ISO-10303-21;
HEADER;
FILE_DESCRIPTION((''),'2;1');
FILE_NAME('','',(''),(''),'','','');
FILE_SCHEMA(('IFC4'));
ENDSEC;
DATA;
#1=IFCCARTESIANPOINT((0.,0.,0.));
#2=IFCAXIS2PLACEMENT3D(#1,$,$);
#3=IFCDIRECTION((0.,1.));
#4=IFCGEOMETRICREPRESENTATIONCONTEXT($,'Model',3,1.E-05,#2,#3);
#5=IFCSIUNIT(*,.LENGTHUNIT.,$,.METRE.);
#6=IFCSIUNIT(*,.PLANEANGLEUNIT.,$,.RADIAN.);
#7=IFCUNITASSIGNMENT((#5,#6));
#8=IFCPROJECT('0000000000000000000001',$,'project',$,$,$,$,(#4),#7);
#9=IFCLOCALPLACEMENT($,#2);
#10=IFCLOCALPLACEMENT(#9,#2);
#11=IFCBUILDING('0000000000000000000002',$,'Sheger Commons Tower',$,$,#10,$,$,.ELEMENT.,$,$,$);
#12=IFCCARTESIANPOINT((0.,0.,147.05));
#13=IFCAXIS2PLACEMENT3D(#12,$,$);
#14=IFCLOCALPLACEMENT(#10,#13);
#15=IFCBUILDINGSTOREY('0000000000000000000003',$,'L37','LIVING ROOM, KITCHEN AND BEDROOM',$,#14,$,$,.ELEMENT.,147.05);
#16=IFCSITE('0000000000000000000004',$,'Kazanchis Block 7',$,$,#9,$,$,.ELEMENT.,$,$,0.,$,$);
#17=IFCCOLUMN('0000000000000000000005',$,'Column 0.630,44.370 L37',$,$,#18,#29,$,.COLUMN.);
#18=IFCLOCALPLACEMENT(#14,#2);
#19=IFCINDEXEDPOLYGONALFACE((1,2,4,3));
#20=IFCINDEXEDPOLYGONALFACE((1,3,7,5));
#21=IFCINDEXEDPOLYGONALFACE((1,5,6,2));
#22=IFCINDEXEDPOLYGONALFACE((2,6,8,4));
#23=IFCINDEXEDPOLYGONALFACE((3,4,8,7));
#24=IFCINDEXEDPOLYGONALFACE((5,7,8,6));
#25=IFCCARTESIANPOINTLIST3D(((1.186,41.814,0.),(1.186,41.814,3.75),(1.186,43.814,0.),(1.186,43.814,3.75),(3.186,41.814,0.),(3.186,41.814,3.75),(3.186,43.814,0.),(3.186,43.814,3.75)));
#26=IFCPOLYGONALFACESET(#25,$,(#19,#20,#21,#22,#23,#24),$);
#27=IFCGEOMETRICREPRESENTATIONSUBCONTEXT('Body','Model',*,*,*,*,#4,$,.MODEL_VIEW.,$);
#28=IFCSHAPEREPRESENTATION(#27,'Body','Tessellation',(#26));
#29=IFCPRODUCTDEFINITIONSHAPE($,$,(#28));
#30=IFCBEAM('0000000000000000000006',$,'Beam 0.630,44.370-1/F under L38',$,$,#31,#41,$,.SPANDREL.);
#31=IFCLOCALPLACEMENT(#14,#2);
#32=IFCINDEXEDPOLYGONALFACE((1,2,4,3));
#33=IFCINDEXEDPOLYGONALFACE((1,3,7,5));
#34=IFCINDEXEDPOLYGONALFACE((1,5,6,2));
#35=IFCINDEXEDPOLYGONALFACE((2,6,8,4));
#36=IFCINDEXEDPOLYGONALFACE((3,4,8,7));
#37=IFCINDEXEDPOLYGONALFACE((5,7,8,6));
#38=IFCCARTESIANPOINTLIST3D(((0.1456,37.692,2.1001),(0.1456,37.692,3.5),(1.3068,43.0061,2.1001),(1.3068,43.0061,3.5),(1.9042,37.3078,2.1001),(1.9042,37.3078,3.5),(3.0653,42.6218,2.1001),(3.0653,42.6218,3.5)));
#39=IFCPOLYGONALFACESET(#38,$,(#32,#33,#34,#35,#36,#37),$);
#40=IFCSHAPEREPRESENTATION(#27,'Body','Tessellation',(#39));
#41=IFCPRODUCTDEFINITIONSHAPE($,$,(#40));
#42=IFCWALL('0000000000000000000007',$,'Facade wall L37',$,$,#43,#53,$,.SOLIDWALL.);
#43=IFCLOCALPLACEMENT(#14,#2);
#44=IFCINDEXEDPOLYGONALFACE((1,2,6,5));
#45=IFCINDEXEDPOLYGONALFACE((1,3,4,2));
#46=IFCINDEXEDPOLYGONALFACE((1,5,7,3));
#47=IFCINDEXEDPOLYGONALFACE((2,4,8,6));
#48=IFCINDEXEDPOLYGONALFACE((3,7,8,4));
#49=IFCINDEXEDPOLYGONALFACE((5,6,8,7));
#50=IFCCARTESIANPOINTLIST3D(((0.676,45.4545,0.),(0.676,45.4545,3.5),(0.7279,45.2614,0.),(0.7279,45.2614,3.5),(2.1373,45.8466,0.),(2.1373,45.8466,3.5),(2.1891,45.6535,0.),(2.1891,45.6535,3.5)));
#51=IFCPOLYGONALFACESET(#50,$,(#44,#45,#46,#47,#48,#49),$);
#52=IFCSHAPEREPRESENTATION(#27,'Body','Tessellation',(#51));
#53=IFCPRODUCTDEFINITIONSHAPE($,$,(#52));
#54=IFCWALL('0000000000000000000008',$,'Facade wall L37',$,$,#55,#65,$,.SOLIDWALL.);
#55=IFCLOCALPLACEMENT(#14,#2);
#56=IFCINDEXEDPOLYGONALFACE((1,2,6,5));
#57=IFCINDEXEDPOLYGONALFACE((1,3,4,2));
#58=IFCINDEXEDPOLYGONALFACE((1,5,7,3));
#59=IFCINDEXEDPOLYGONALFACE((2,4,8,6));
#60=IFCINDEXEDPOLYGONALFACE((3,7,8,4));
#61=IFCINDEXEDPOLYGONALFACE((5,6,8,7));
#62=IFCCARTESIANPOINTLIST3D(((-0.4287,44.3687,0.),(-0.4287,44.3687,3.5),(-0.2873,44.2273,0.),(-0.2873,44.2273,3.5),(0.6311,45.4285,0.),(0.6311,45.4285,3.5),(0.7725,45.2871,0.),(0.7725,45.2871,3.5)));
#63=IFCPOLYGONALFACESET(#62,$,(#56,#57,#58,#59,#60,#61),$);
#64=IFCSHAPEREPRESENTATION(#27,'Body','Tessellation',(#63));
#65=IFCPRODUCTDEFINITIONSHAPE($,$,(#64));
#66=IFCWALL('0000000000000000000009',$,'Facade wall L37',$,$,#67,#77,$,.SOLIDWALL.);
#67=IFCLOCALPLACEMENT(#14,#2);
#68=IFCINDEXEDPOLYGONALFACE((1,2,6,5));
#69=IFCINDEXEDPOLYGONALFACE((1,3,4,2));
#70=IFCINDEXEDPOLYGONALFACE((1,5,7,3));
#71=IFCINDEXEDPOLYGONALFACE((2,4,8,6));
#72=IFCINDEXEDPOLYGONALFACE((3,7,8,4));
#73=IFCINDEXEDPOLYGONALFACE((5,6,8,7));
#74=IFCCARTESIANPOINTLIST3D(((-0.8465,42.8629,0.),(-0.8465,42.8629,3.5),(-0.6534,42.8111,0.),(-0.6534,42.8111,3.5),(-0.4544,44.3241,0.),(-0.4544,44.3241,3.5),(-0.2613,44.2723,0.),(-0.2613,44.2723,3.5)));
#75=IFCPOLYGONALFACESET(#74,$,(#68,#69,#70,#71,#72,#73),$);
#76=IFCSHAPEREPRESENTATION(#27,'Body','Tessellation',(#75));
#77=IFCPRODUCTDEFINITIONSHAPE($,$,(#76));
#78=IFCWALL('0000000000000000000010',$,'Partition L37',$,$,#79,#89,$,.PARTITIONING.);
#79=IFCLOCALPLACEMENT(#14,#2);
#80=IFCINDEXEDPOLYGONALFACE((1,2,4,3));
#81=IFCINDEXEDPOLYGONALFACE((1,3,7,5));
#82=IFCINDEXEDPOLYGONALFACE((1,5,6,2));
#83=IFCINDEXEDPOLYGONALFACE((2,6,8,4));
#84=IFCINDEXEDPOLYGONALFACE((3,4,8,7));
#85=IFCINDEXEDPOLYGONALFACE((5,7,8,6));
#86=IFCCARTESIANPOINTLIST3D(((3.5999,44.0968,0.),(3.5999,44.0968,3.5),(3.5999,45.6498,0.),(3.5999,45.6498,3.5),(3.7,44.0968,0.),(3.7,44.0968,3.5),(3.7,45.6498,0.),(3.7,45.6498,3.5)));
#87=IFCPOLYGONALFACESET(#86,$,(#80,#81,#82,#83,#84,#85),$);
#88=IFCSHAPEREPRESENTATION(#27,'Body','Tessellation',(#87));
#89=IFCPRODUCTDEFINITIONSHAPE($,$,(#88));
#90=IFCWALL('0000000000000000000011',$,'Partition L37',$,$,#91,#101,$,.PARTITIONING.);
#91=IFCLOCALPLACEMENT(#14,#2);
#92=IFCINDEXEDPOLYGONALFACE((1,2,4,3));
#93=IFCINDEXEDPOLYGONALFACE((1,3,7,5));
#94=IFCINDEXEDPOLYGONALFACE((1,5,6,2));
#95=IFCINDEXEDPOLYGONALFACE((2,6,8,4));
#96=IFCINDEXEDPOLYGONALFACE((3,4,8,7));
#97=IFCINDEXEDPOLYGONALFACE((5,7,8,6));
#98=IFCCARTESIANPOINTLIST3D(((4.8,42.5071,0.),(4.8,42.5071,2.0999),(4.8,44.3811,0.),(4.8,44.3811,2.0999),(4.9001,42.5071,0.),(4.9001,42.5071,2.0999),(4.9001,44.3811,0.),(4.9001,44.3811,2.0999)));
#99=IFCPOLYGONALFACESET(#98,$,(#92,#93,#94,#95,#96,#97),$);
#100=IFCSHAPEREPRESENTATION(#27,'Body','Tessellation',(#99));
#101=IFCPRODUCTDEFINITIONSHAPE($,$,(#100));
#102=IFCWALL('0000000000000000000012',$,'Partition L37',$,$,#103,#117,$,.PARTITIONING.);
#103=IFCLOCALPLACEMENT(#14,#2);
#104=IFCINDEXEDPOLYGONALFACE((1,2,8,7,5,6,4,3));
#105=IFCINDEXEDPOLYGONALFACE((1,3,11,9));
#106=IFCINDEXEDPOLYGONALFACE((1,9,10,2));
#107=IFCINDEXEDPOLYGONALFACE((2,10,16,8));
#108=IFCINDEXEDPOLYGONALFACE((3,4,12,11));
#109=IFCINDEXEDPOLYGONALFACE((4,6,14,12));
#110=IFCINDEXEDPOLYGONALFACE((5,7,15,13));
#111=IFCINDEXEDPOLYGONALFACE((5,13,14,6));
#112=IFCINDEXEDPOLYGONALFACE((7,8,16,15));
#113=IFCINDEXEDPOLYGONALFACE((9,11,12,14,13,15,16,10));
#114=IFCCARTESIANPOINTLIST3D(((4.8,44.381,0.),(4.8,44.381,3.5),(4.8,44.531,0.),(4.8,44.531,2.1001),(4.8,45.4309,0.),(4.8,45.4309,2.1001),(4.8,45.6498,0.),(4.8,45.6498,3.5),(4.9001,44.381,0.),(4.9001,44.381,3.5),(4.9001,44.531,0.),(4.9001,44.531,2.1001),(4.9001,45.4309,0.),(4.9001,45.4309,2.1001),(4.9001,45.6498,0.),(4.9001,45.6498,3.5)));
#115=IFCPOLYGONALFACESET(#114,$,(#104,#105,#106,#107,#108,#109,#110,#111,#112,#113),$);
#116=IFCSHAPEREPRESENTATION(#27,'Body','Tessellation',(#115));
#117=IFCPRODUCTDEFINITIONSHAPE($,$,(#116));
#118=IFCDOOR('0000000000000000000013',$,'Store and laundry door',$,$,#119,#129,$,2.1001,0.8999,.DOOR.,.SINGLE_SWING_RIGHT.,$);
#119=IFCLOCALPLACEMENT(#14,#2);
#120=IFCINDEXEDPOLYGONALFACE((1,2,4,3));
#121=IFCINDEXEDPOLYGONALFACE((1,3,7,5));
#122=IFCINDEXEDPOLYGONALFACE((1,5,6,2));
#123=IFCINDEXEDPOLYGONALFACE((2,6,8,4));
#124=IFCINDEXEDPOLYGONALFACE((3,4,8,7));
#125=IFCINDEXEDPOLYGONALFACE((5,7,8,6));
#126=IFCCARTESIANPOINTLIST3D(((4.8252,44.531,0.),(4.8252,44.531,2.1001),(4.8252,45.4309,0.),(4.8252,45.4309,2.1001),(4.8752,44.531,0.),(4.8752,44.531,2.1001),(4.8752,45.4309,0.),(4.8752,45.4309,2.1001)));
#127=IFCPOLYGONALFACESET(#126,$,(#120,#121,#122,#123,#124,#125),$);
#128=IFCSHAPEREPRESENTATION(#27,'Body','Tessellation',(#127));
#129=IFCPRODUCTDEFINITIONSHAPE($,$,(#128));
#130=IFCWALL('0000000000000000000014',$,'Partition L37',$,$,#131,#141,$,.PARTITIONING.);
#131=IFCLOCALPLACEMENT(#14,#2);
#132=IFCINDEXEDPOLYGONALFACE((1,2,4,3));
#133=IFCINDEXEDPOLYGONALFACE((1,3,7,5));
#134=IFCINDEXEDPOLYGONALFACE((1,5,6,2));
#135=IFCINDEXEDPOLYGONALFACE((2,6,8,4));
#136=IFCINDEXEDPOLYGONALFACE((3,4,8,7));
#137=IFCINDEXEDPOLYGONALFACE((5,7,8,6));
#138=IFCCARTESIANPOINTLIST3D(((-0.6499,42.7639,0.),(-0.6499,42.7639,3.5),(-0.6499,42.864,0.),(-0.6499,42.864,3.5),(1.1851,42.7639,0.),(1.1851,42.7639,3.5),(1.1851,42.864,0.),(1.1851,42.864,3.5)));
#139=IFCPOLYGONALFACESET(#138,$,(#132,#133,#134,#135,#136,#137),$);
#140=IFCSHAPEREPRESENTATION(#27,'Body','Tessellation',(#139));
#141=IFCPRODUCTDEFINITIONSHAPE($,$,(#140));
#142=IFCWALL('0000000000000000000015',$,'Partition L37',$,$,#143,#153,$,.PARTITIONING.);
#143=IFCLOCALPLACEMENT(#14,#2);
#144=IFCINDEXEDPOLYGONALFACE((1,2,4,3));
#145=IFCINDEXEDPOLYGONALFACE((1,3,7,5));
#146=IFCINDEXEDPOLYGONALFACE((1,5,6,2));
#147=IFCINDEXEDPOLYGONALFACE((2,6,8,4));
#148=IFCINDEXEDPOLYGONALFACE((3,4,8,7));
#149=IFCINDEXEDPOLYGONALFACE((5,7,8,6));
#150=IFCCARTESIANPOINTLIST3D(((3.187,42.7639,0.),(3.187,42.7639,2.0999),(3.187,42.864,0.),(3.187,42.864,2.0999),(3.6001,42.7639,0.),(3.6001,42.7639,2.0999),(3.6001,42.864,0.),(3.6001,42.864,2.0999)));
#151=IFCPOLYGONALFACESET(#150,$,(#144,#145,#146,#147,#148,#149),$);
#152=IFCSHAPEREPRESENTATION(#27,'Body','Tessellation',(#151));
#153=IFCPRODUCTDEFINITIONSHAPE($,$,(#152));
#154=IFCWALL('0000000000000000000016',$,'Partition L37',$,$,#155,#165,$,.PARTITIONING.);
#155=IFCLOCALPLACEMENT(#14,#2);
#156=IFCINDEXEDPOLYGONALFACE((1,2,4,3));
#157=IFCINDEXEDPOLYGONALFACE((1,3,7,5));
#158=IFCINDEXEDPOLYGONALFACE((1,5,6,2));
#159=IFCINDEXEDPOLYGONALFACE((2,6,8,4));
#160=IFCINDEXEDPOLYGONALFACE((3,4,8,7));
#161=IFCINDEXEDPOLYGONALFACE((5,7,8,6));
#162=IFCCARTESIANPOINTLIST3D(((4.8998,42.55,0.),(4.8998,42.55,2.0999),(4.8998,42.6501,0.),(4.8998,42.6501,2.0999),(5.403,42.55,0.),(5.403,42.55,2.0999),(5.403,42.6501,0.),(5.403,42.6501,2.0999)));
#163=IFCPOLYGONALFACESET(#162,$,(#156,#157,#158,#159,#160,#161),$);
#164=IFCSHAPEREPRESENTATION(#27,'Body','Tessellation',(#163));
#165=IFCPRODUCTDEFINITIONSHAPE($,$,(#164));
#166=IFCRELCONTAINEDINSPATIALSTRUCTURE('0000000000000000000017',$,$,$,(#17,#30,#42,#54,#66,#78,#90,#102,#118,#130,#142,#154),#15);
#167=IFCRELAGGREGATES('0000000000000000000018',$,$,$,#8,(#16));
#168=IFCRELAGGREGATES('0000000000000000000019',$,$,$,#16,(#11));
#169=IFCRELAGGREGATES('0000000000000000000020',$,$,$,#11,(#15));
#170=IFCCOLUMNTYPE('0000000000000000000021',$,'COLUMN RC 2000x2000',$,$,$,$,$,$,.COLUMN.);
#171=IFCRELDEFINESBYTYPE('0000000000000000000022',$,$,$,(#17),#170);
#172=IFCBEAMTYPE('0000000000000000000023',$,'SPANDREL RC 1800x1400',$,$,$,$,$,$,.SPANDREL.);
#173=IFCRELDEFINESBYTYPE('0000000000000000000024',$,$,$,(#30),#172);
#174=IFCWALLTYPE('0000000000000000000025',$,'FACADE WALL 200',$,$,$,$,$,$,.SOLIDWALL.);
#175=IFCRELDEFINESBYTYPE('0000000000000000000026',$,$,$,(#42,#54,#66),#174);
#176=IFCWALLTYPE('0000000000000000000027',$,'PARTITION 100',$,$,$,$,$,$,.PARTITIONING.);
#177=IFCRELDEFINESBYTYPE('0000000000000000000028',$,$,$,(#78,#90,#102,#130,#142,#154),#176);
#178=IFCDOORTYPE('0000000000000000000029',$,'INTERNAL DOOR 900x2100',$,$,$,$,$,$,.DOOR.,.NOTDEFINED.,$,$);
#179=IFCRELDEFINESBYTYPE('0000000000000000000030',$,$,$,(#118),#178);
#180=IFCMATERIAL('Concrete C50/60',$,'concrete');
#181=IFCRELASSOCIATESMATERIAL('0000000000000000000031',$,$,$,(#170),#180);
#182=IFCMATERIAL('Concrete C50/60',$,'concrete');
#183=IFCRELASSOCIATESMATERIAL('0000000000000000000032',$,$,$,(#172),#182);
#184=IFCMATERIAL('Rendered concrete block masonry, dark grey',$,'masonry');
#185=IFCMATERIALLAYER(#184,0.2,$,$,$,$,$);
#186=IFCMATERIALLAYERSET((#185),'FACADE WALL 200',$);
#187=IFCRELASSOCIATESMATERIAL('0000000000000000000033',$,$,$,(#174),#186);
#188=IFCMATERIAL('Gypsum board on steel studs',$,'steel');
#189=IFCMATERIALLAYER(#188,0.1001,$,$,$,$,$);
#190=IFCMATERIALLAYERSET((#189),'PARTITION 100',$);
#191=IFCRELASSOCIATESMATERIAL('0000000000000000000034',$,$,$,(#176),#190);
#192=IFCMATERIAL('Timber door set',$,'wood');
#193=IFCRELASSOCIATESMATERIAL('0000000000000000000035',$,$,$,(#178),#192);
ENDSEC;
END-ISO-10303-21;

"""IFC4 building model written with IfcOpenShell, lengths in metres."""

from ifc_helpers import new_model, si_unit, direction, frame, frame_2d, origin, origin_2d, place, context, subcontext, project, spatial, rectangle, extrude, material, layer, layer_set, material_profile, profile_set, type_object, element, fill, save


model = new_model("IFC4")

# Units and contexts
model_context = context("Model", 3, precision=1e-05, world=origin(), true_north=direction((0.0, 1.0)))
body_context = subcontext(model_context, "Body", "Model", "MODEL_VIEW")
ifc_project = project(units=[si_unit("LENGTHUNIT", "METRE"), si_unit("PLANEANGLEUNIT", "RADIAN")], contexts=[model_context])

# Site, building, storey
site_placement = place(None, origin())
site = spatial("IfcSite", under=ifc_project, at=site_placement, Name="Kazanchis Block 7", CompositionType="ELEMENT", RefElevation=0.0)
building_placement = place(site_placement, origin())
building = spatial("IfcBuilding", under=site, at=building_placement, Name="Sheger Commons Tower", CompositionType="ELEMENT")
storey_placement = place(building_placement, frame((0.0, 0.0, 147.05)))
storey = spatial("IfcBuildingStorey", under=building, at=storey_placement, Name="L37", Description="LIVING ROOM, KITCHEN AND BEDROOM", CompositionType="ELEMENT", Elevation=147.05)

# Column
ifc_material_1 = material(Name="Concrete C50/60", Category="concrete")
ifc_material_profile_1 = material_profile(ifc_material_1, rectangle(XDim=2.0, YDim=2.0, at=origin_2d()), Name="RC 2000x2000")
ifc_profile_set_1 = profile_set([ifc_material_profile_1], Name="Concrete C50/60")
column_type = type_object("IfcColumnType", Name="COLUMN RC 2000x2000", PredefinedType="COLUMN", material=ifc_profile_set_1)
column_placement = place(storey_placement, frame((2.186, 42.814, 0.0), z_axis=(0.0, 0.0, 1.0), x_axis=(1.0, 0.0, 0.0)))
element("IfcColumn", 1, at=column_placement, inside=storey, type_object=column_type, Name="Column 0.630,44.370 L37", PredefinedType="COLUMN", context=body_context, shape_type="SweptSolid", body=[
    extrude(rectangle(XDim=2.0, YDim=2.0, at=origin_2d()), origin(), (0.0, 0.0, 1.0), 3.75),
])

# Beam
ifc_material_2 = material(Name="Concrete C50/60", Category="concrete")
ifc_material_profile_2 = material_profile(ifc_material_2, rectangle(XDim=1.8, YDim=1.3999, at=origin_2d()), Name="RC 1800x1400")
ifc_profile_set_2 = profile_set([ifc_material_profile_2], Name="Concrete C50/60")
beam_type = type_object("IfcBeamType", Name="SPANDREL RC 1800x1400", PredefinedType="SPANDREL", material=ifc_profile_set_2)
beam_placement = place(storey_placement, frame((2.186, 42.814, 2.8), z_axis=(-0.213469, -0.97695, 0.0), x_axis=(0.97695, -0.213469, 0.0)))
element("IfcBeam", 2, at=beam_placement, inside=storey, type_object=beam_type, Name="Beam 0.630,44.370-1/F under L38", PredefinedType="SPANDREL", context=body_context, shape_type="SweptSolid", body=[
    extrude(rectangle(XDim=1.8, YDim=1.3999, at=origin_2d()), origin(), (0.0, 0.0, 1.0), 5.4395),
])

# Walls
ifc_material_3 = material(Name="Rendered concrete block masonry, dark grey", Category="masonry")
ifc_layer_1 = layer(ifc_material_3, 0.2)
ifc_layer_set_1 = layer_set([ifc_layer_1], Name="FACADE WALL 200")
wall_type_1 = type_object("IfcWallType", Name="FACADE WALL 200", PredefinedType="SOLIDWALL", material=ifc_layer_set_1)
wall_1_placement = place(storey_placement, frame((2.1631, 45.75, 0.0), z_axis=(0.0, 0.0, 1.0), x_axis=(-0.965832, -0.259169, 0.0)))
element("IfcWall", 3, at=wall_1_placement, inside=storey, type_object=wall_type_1, Name="Facade wall L37", PredefinedType="SOLIDWALL", context=body_context, shape_type="SweptSolid", body=[
    extrude(rectangle(XDim=1.5129, YDim=0.2, at=frame_2d((0.7563, 0.0))), origin(), (0.0, 0.0, 1.0), 3.5),
])
wall_2_placement = place(storey_placement, frame((0.7019, 45.3579, 0.0), z_axis=(0.0, 0.0, 1.0), x_axis=(-0.707107, -0.707107, 0.0)))
element("IfcWall", 4, at=wall_2_placement, inside=storey, type_object=wall_type_1, Name="Facade wall L37", PredefinedType="SOLIDWALL", context=body_context, shape_type="SweptSolid", body=[
    extrude(rectangle(XDim=1.4988, YDim=0.2, at=frame_2d((0.7495, 0.0))), origin(), (0.0, 0.0, 1.0), 3.5),
])
wall_3_placement = place(storey_placement, frame((-0.3579, 44.2981, 0.0), z_axis=(0.0, 0.0, 1.0), x_axis=(-0.259169, -0.965832, 0.0)))
element("IfcWall", 5, at=wall_3_placement, inside=storey, type_object=wall_type_1, Name="Facade wall L37", PredefinedType="SOLIDWALL", context=body_context, shape_type="SweptSolid", body=[
    extrude(rectangle(XDim=1.5129, YDim=0.2, at=frame_2d((0.7563, 0.0))), origin(), (0.0, 0.0, 1.0), 3.5),
])

# Walls
ifc_material_4 = material(Name="Gypsum board on steel studs", Category="steel")
ifc_layer_2 = layer(ifc_material_4, 0.1001)
ifc_layer_set_2 = layer_set([ifc_layer_2], Name="PARTITION 100")
wall_type_2 = type_object("IfcWallType", Name="PARTITION 100", PredefinedType="PARTITIONING", material=ifc_layer_set_2)
wall_4_placement = place(storey_placement, frame((3.6499, 44.0969, 0.0), z_axis=(0.0, 0.0, 1.0), x_axis=(0.0, 1.0, 0.0)))
element("IfcWall", 6, at=wall_4_placement, inside=storey, type_object=wall_type_2, Name="Partition L37", PredefinedType="PARTITIONING", context=body_context, shape_type="SweptSolid", body=[
    extrude(rectangle(XDim=1.553, YDim=0.1001, at=frame_2d((0.7764, 0.0))), origin(), (0.0, 0.0, 1.0), 3.5),
])
wall_5_placement = place(storey_placement, frame((4.8501, 42.5071, 0.0), z_axis=(0.0, 0.0, 1.0), x_axis=(0.0, 1.0, 0.0)))
element("IfcWall", 7, at=wall_5_placement, inside=storey, type_object=wall_type_2, Name="Partition L37", PredefinedType="PARTITIONING", context=body_context, shape_type="SweptSolid", body=[
    extrude(rectangle(XDim=1.874, YDim=0.1001, at=frame_2d((0.937, 0.0))), origin(), (0.0, 0.0, 1.0), 2.0999),
])

# Wall, opening, door
wall_6_placement = place(storey_placement, frame((4.8501, 44.3811, 0.0), z_axis=(0.0, 0.0, 1.0), x_axis=(0.0, 1.0, 0.0)))
wall_6 = element("IfcWall", 8, at=wall_6_placement, inside=storey, type_object=wall_type_2, Name="Partition L37", PredefinedType="PARTITIONING", context=body_context, shape_type="SweptSolid", body=[
    extrude(rectangle(XDim=1.2688, YDim=0.1001, at=frame_2d((0.6343, 0.0))), origin(), (0.0, 0.0, 1.0), 3.5),
])
opening_1_placement = place(wall_6_placement, frame((0.1499, 0.0, 0.0)))
opening_1 = element("IfcOpeningElement", 9, at=opening_1_placement, cuts=wall_6, PredefinedType="OPENING", context=body_context, shape_type="SweptSolid", body=[
    extrude(rectangle(XDim=0.8999, YDim=2.1001, at=frame_2d((0.45, 1.05))), frame((0.0, 0.0601, 0.0), z_axis=(0.0, -1.0, 0.0), x_axis=(1.0, 0.0, 0.0)), (0.0, 0.0, 1.0), 0.1201),
])
ifc_material_5 = material(Name="Timber door set", Category="wood")
door_type = type_object("IfcDoorType", Name="INTERNAL DOOR 900x2100", OperationType="NOTDEFINED", PredefinedType="DOOR", material=ifc_material_5)
door_1_placement = place(opening_1_placement, origin())
door_1 = element("IfcDoor", 10, at=door_1_placement, inside=storey, type_object=door_type, Name="Store and laundry door", OperationType="SINGLE_SWING_RIGHT", OverallHeight=2.1001, OverallWidth=0.8999, PredefinedType="DOOR", context=body_context, shape_type="SweptSolid", body=[
    extrude(rectangle(XDim=0.8999, YDim=2.1001, at=frame_2d((0.45, 1.05))), frame((0.0, 0.0249, 0.0), z_axis=(0.0, -1.0, 0.0), x_axis=(1.0, 0.0, 0.0)), (0.0, 0.0, 1.0), 0.05),
])
fill(opening_1, door_1)

# Walls
wall_7_placement = place(storey_placement, frame((-0.6499, 42.814, 0.0), z_axis=(0.0, 0.0, 1.0), x_axis=(1.0, 0.0, 0.0)))
element("IfcWall", 11, at=wall_7_placement, inside=storey, type_object=wall_type_2, Name="Partition L37", PredefinedType="PARTITIONING", context=body_context, shape_type="SweptSolid", body=[
    extrude(rectangle(XDim=1.835, YDim=0.1001, at=frame_2d((0.9175, 0.0))), origin(), (0.0, 0.0, 1.0), 3.5),
])
wall_8_placement = place(storey_placement, frame((3.187, 42.814, 0.0), z_axis=(0.0, 0.0, 1.0), x_axis=(1.0, 0.0, 0.0)))
element("IfcWall", 12, at=wall_8_placement, inside=storey, type_object=wall_type_2, Name="Partition L37", PredefinedType="PARTITIONING", context=body_context, shape_type="SweptSolid", body=[
    extrude(rectangle(XDim=0.4131, YDim=0.1001, at=frame_2d((0.2065, 0.0))), origin(), (0.0, 0.0, 1.0), 2.0999),
])
wall_9_placement = place(storey_placement, frame((4.8999, 42.6001, 0.0), z_axis=(0.0, 0.0, 1.0), x_axis=(1.0, 0.0, 0.0)))
element("IfcWall", 13, at=wall_9_placement, inside=storey, type_object=wall_type_2, Name="Partition L37", PredefinedType="PARTITIONING", context=body_context, shape_type="SweptSolid", body=[
    extrude(rectangle(XDim=0.5032, YDim=0.1001, at=frame_2d((0.2515, 0.0))), origin(), (0.0, 0.0, 1.0), 2.0999),
])

save(model, "model.ifc")
